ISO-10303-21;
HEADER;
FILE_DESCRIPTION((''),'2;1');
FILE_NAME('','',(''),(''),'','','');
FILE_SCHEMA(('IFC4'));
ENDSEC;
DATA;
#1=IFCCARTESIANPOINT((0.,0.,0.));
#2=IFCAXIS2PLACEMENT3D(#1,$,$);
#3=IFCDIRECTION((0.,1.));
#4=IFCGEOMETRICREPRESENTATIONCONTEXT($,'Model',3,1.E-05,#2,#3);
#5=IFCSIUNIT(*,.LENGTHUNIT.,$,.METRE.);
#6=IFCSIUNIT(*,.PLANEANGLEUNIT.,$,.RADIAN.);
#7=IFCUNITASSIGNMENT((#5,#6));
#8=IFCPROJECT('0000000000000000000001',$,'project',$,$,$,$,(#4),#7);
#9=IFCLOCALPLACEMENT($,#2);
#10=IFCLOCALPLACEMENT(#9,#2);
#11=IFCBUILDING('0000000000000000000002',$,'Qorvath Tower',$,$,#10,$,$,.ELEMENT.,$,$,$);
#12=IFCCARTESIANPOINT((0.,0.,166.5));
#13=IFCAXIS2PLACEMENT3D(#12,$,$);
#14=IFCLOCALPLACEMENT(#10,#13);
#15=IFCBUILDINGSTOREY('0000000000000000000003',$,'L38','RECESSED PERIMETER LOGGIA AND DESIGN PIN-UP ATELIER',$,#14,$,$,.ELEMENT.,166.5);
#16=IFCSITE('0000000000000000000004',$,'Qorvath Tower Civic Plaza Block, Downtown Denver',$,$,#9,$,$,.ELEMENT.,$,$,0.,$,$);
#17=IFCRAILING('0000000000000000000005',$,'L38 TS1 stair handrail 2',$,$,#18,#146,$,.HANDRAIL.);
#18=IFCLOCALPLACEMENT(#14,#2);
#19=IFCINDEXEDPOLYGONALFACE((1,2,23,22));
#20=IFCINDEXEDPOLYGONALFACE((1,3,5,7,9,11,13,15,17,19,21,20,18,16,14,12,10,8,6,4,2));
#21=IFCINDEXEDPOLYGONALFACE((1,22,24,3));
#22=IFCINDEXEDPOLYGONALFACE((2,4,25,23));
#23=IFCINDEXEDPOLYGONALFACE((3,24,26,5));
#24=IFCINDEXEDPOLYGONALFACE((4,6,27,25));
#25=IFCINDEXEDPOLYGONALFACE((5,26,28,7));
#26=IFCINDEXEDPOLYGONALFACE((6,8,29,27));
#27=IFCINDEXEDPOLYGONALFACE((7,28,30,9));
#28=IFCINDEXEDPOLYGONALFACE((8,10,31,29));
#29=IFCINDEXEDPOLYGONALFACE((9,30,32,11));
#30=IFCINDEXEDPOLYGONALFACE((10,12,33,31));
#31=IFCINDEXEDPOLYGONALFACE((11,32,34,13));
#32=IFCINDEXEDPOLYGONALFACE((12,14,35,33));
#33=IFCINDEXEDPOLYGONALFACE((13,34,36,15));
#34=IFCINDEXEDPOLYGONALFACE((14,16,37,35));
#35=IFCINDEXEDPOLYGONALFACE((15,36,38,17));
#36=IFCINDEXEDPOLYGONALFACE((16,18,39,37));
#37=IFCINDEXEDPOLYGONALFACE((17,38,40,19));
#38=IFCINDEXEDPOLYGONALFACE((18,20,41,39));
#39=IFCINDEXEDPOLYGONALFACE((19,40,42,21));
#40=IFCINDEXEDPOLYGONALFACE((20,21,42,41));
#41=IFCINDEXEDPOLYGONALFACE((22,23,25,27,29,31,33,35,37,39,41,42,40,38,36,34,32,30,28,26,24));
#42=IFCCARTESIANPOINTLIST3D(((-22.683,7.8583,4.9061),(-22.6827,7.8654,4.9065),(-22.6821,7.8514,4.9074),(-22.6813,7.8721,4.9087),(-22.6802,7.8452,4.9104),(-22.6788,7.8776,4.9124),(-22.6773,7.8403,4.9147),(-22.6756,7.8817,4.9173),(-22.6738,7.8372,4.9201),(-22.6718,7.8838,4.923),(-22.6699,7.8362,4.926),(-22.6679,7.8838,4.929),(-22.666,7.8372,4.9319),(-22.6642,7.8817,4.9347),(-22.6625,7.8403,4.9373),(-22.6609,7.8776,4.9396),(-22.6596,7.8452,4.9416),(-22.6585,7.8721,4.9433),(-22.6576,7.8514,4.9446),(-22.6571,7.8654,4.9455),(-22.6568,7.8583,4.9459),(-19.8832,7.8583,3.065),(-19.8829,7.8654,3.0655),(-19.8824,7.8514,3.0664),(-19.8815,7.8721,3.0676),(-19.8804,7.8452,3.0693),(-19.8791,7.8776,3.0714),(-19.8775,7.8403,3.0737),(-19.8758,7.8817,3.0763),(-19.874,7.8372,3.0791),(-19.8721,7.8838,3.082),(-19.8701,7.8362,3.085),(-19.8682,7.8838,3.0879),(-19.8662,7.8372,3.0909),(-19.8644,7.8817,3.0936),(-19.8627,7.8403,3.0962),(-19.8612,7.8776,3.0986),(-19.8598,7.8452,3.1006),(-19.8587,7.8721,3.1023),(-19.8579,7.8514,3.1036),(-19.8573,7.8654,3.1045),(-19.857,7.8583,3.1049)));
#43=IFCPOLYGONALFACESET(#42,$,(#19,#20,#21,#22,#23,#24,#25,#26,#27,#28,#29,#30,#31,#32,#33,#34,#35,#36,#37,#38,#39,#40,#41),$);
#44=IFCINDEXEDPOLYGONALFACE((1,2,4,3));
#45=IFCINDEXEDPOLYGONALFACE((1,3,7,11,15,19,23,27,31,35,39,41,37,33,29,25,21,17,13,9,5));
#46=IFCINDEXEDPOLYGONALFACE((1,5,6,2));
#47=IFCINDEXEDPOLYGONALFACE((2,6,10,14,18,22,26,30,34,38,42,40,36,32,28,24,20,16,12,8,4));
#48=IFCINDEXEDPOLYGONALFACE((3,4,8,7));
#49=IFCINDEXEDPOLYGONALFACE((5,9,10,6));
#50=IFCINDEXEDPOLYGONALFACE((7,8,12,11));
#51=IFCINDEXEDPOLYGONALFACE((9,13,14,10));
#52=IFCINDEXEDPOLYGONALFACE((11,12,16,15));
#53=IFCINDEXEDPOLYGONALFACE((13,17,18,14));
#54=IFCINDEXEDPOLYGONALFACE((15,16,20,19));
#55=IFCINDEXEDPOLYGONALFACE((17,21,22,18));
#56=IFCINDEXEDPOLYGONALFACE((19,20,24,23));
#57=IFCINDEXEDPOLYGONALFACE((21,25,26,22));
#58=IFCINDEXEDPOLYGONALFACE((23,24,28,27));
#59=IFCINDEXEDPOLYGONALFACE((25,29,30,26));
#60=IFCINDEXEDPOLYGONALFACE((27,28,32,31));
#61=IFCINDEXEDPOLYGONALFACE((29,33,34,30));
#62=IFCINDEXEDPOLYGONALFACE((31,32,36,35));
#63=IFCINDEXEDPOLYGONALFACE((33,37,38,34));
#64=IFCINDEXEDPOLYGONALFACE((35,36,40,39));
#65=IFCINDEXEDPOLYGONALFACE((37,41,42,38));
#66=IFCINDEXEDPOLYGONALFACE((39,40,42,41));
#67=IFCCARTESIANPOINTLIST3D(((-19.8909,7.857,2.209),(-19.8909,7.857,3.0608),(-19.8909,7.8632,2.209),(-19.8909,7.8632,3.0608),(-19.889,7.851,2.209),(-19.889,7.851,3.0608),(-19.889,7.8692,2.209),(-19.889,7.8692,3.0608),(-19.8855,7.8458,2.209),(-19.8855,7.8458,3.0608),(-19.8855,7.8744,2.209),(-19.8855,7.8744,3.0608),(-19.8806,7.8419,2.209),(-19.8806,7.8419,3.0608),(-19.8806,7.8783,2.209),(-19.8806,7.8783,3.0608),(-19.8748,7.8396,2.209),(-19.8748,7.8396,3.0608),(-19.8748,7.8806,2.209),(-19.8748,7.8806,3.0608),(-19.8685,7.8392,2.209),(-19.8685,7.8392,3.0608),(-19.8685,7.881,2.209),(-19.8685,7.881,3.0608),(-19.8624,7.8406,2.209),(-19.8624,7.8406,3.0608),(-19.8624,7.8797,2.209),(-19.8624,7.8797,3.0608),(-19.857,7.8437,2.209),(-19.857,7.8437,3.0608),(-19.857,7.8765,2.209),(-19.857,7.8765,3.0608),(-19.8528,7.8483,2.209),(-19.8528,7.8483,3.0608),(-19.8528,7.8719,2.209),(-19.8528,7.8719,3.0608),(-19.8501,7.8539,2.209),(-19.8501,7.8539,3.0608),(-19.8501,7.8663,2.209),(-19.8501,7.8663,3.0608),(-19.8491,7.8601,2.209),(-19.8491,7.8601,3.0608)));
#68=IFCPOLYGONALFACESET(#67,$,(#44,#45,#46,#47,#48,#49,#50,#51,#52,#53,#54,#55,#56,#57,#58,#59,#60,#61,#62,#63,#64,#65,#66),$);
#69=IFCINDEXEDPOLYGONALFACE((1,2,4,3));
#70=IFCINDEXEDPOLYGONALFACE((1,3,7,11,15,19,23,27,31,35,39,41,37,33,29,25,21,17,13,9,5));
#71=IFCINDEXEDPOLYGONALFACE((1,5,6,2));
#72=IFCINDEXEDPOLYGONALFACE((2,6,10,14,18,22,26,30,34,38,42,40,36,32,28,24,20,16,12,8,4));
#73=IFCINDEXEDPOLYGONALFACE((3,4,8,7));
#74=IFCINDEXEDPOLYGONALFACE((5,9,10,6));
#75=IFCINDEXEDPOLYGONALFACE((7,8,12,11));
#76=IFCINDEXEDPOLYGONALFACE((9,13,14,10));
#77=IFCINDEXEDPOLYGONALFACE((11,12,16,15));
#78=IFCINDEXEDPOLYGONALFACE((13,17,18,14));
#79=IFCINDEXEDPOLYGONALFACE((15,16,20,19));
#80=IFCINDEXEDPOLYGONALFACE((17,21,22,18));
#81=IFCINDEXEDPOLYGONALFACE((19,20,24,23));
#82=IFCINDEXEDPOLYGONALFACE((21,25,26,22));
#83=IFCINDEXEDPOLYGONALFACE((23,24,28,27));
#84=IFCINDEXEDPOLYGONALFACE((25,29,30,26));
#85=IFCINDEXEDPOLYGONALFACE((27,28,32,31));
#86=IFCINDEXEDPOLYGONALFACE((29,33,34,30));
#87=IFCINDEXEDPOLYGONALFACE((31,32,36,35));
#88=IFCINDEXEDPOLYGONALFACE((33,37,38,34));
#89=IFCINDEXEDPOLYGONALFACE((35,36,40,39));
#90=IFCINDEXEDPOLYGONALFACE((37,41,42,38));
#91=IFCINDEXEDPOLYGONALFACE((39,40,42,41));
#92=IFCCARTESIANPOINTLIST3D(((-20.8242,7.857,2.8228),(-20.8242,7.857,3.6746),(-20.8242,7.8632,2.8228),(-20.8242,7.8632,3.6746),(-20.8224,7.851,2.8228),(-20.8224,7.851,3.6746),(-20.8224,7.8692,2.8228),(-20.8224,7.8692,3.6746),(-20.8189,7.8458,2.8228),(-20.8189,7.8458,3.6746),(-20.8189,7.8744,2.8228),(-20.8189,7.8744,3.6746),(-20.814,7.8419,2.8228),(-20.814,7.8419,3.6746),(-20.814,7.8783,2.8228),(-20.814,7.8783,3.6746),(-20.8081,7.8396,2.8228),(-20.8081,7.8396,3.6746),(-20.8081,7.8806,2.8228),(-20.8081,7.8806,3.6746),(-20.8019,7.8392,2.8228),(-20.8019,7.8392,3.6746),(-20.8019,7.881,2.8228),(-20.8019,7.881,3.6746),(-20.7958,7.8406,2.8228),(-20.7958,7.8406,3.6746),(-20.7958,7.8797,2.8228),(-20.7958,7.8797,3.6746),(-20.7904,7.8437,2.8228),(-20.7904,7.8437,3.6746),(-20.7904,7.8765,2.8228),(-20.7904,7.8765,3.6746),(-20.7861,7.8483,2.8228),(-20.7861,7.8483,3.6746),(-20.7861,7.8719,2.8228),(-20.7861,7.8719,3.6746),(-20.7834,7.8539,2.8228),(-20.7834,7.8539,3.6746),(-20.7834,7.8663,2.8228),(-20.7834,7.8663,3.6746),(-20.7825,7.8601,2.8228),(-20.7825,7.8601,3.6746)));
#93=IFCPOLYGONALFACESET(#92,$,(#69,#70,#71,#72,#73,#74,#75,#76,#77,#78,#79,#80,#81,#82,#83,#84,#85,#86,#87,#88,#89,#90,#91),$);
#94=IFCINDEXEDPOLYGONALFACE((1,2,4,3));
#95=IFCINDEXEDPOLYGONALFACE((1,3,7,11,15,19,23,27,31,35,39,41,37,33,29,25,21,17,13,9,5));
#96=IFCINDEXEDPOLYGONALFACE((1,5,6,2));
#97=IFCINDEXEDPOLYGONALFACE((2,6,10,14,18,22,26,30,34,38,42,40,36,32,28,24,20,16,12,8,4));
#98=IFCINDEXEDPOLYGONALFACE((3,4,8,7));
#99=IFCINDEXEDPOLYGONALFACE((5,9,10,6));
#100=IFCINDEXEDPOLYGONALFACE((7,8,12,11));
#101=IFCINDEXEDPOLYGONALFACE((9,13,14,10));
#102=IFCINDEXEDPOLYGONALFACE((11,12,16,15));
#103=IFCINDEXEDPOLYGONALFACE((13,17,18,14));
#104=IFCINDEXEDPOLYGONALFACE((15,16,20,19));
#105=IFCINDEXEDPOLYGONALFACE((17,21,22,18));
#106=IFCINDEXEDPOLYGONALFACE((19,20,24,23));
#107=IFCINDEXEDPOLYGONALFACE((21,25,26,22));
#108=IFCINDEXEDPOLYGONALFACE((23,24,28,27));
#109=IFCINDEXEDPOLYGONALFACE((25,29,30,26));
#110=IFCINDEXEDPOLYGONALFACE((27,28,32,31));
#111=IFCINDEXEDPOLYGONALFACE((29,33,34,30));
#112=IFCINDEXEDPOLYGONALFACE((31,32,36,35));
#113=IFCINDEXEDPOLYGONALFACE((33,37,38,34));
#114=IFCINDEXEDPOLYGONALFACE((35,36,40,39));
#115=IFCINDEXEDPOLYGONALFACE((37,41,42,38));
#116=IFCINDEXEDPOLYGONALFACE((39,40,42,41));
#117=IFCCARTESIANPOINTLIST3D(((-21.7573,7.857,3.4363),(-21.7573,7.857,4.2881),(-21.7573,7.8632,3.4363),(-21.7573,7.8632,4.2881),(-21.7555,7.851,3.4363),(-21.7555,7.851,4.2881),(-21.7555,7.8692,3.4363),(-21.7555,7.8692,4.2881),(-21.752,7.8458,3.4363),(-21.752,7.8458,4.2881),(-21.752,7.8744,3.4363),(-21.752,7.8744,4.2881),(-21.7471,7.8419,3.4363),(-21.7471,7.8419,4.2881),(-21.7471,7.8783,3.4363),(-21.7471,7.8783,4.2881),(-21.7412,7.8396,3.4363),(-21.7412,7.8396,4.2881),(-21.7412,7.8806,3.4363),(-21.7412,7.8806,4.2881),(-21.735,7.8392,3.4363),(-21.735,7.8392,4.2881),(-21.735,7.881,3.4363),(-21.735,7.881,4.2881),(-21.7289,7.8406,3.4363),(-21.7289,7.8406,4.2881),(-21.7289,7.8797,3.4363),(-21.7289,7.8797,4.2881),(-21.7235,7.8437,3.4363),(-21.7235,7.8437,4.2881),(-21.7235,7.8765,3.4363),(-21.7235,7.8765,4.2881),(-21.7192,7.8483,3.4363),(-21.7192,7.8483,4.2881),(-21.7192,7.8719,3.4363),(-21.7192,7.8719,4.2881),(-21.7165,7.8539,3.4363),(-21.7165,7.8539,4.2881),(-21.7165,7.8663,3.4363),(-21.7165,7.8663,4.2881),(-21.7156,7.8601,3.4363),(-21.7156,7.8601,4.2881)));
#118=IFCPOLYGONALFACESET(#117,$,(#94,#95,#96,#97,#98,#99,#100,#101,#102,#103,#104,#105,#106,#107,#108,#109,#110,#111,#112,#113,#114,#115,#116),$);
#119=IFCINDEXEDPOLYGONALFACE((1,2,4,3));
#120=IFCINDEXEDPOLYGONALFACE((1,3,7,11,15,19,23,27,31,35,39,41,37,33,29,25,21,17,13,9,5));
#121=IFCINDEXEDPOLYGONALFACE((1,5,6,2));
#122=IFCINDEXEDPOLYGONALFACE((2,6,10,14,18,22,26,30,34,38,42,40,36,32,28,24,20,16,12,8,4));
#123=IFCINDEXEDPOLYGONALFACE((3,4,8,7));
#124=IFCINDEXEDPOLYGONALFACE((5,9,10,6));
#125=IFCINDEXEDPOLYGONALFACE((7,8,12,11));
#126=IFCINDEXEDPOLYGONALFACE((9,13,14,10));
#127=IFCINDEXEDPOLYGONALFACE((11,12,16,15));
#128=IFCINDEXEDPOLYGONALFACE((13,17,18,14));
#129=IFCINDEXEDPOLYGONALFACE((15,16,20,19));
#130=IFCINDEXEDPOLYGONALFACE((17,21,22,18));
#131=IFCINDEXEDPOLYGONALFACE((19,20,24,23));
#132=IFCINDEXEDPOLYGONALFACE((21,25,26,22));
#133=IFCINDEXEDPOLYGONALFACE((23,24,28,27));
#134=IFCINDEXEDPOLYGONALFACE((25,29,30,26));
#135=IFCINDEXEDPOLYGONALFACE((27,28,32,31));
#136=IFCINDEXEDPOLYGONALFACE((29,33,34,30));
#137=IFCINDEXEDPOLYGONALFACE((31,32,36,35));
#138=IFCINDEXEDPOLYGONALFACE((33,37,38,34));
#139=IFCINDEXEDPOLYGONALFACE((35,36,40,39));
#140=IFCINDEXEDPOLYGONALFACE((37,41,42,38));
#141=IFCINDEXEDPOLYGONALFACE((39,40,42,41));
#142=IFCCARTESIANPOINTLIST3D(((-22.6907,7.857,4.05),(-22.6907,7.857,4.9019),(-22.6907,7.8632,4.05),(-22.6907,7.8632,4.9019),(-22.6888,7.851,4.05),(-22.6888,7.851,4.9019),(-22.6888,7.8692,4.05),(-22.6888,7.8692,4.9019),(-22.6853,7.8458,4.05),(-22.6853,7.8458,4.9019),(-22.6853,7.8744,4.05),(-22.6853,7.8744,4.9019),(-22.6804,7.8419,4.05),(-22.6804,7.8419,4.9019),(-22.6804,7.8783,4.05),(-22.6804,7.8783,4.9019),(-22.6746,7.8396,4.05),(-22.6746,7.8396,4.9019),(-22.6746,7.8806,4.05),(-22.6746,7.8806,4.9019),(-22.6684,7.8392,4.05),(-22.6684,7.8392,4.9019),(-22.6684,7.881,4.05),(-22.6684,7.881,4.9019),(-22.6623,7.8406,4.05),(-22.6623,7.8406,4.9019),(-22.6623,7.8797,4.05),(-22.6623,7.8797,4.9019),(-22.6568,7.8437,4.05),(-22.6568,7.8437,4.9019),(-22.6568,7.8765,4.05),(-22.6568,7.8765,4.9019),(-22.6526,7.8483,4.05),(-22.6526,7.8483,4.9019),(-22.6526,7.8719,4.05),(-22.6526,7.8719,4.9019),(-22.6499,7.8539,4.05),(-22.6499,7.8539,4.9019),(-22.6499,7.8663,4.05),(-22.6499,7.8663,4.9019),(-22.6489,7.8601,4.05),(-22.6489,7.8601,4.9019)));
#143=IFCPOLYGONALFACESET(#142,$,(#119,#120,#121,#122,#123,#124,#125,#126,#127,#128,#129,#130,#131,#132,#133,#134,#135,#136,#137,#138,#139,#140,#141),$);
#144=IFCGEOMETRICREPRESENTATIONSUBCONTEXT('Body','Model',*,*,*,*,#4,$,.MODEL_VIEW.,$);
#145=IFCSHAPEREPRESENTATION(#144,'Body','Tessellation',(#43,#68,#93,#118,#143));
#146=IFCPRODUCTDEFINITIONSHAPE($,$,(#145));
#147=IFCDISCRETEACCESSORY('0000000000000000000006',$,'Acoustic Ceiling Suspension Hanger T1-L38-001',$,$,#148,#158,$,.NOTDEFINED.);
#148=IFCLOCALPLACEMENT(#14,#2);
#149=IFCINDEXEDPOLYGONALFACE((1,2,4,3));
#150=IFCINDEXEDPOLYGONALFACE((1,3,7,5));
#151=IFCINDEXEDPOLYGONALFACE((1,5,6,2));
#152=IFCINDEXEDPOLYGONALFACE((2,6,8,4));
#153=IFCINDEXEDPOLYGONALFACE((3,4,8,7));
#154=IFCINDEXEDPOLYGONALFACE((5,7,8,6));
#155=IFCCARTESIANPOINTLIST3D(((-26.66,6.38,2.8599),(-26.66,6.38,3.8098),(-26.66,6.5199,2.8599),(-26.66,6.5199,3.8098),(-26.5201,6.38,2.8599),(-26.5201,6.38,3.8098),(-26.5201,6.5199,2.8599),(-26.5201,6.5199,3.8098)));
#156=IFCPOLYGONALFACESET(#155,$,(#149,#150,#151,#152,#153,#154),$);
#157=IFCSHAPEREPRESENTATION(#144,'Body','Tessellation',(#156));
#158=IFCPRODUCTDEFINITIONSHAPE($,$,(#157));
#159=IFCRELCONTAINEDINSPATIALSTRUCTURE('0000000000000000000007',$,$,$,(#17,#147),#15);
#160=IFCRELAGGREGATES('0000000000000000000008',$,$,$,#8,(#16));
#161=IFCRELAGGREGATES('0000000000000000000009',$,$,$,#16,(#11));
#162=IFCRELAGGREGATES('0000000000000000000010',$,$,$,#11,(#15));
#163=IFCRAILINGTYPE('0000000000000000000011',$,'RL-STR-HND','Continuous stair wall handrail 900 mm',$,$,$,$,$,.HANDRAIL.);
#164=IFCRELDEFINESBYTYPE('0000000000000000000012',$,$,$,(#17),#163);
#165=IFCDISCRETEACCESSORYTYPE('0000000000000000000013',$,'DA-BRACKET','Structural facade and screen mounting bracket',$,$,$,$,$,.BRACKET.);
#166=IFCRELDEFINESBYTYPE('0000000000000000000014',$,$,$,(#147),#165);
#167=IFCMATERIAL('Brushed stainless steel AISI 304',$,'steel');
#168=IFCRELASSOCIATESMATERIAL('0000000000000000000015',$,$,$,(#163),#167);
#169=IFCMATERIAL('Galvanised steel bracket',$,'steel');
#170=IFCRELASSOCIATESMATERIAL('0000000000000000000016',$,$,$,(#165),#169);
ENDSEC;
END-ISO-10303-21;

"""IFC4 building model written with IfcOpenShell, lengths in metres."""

from ifc_helpers import new_model, si_unit, direction, frame, origin, origin_2d, place, context, subcontext, project, spatial, rectangle, circle, extrude, material, type_object, element, save


model = new_model("IFC4")

# Units and contexts
model_context = context("Model", 3, precision=1e-05, world=origin(), true_north=direction((0.0, 1.0)))
body_context = subcontext(model_context, "Body", "Model", "MODEL_VIEW")
ifc_project = project(units=[si_unit("LENGTHUNIT", "METRE"), si_unit("PLANEANGLEUNIT", "RADIAN")], contexts=[model_context])

# Site, building, storey
site_placement = place(None, origin())
site = spatial("IfcSite", under=ifc_project, at=site_placement, Name="Qorvath Tower Civic Plaza Block, Downtown Denver", CompositionType="ELEMENT", RefElevation=0.0)
building_placement = place(site_placement, origin())
building = spatial("IfcBuilding", under=site, at=building_placement, Name="Qorvath Tower", CompositionType="ELEMENT")
storey_placement = place(building_placement, frame((0.0, 0.0, 166.5)))
storey = spatial("IfcBuildingStorey", under=building, at=storey_placement, Name="L38", Description="RECESSED PERIMETER LOGGIA AND DESIGN PIN-UP ATELIER", CompositionType="ELEMENT", Elevation=166.5)

# Railing
ifc_material_1 = material(Name="Brushed stainless steel AISI 304", Category="steel")
railing_type_1 = type_object("IfcRailingType", Name="RL-STR-HND", Description="Continuous stair wall handrail 900 mm", PredefinedType="HANDRAIL", material=ifc_material_1)
railing_1_placement = place(storey_placement, frame((-19.8701, 7.8601, 2.209)))
element("IfcRailing", 1, at=railing_1_placement, inside=storey, type_object=railing_type_1, Name="L38 TS1 stair handrail 2", PredefinedType="HANDRAIL", context=body_context, shape_type="SweptSolid", body=[
    extrude(circle(Radius=0.0239, at=origin_2d()), frame((0.0, 0.0, 0.876), z_axis=(-0.835542, 0.0, 0.549426), x_axis=(0.0, -1.0, 0.0)), (0.0, 0.0, 1.0), 3.3508),
    extrude(circle(Radius=0.021, at=origin_2d()), origin(), (0.0, 0.0, 1.0), 0.8518),
    extrude(circle(Radius=0.021, at=origin_2d()), frame((-0.9333, 0.0, 0.6138)), (0.0, 0.0, 1.0), 0.8518),
    extrude(circle(Radius=0.021, at=origin_2d()), frame((-1.8665, 0.0, 1.2273)), (0.0, 0.0, 1.0), 0.8518),
    extrude(circle(Radius=0.021, at=origin_2d()), frame((-2.7998, 0.0, 1.8411)), (0.0, 0.0, 1.0), 0.8518),
])

# Discrete accessory
ifc_material_2 = material(Name="Galvanised steel bracket", Category="steel")
discrete_accessory_type = type_object("IfcDiscreteAccessoryType", Name="DA-BRACKET", Description="Structural facade and screen mounting bracket", PredefinedType="BRACKET", material=ifc_material_2)
discrete_accessory_placement = place(storey_placement, frame((-26.5901, 6.45, 2.8599), z_axis=(0.0, 0.0, 1.0), x_axis=(1.0, 0.0, 0.0)))
element("IfcDiscreteAccessory", 2, at=discrete_accessory_placement, inside=storey, type_object=discrete_accessory_type, Name="Acoustic Ceiling Suspension Hanger T1-L38-001", PredefinedType="NOTDEFINED", context=body_context, shape_type="SweptSolid", body=[
    extrude(rectangle(XDim=0.1399, YDim=0.1399, at=origin_2d()), origin(), (0.0, 0.0, 1.0), 0.95),
])

save(model, "model.ifc")
